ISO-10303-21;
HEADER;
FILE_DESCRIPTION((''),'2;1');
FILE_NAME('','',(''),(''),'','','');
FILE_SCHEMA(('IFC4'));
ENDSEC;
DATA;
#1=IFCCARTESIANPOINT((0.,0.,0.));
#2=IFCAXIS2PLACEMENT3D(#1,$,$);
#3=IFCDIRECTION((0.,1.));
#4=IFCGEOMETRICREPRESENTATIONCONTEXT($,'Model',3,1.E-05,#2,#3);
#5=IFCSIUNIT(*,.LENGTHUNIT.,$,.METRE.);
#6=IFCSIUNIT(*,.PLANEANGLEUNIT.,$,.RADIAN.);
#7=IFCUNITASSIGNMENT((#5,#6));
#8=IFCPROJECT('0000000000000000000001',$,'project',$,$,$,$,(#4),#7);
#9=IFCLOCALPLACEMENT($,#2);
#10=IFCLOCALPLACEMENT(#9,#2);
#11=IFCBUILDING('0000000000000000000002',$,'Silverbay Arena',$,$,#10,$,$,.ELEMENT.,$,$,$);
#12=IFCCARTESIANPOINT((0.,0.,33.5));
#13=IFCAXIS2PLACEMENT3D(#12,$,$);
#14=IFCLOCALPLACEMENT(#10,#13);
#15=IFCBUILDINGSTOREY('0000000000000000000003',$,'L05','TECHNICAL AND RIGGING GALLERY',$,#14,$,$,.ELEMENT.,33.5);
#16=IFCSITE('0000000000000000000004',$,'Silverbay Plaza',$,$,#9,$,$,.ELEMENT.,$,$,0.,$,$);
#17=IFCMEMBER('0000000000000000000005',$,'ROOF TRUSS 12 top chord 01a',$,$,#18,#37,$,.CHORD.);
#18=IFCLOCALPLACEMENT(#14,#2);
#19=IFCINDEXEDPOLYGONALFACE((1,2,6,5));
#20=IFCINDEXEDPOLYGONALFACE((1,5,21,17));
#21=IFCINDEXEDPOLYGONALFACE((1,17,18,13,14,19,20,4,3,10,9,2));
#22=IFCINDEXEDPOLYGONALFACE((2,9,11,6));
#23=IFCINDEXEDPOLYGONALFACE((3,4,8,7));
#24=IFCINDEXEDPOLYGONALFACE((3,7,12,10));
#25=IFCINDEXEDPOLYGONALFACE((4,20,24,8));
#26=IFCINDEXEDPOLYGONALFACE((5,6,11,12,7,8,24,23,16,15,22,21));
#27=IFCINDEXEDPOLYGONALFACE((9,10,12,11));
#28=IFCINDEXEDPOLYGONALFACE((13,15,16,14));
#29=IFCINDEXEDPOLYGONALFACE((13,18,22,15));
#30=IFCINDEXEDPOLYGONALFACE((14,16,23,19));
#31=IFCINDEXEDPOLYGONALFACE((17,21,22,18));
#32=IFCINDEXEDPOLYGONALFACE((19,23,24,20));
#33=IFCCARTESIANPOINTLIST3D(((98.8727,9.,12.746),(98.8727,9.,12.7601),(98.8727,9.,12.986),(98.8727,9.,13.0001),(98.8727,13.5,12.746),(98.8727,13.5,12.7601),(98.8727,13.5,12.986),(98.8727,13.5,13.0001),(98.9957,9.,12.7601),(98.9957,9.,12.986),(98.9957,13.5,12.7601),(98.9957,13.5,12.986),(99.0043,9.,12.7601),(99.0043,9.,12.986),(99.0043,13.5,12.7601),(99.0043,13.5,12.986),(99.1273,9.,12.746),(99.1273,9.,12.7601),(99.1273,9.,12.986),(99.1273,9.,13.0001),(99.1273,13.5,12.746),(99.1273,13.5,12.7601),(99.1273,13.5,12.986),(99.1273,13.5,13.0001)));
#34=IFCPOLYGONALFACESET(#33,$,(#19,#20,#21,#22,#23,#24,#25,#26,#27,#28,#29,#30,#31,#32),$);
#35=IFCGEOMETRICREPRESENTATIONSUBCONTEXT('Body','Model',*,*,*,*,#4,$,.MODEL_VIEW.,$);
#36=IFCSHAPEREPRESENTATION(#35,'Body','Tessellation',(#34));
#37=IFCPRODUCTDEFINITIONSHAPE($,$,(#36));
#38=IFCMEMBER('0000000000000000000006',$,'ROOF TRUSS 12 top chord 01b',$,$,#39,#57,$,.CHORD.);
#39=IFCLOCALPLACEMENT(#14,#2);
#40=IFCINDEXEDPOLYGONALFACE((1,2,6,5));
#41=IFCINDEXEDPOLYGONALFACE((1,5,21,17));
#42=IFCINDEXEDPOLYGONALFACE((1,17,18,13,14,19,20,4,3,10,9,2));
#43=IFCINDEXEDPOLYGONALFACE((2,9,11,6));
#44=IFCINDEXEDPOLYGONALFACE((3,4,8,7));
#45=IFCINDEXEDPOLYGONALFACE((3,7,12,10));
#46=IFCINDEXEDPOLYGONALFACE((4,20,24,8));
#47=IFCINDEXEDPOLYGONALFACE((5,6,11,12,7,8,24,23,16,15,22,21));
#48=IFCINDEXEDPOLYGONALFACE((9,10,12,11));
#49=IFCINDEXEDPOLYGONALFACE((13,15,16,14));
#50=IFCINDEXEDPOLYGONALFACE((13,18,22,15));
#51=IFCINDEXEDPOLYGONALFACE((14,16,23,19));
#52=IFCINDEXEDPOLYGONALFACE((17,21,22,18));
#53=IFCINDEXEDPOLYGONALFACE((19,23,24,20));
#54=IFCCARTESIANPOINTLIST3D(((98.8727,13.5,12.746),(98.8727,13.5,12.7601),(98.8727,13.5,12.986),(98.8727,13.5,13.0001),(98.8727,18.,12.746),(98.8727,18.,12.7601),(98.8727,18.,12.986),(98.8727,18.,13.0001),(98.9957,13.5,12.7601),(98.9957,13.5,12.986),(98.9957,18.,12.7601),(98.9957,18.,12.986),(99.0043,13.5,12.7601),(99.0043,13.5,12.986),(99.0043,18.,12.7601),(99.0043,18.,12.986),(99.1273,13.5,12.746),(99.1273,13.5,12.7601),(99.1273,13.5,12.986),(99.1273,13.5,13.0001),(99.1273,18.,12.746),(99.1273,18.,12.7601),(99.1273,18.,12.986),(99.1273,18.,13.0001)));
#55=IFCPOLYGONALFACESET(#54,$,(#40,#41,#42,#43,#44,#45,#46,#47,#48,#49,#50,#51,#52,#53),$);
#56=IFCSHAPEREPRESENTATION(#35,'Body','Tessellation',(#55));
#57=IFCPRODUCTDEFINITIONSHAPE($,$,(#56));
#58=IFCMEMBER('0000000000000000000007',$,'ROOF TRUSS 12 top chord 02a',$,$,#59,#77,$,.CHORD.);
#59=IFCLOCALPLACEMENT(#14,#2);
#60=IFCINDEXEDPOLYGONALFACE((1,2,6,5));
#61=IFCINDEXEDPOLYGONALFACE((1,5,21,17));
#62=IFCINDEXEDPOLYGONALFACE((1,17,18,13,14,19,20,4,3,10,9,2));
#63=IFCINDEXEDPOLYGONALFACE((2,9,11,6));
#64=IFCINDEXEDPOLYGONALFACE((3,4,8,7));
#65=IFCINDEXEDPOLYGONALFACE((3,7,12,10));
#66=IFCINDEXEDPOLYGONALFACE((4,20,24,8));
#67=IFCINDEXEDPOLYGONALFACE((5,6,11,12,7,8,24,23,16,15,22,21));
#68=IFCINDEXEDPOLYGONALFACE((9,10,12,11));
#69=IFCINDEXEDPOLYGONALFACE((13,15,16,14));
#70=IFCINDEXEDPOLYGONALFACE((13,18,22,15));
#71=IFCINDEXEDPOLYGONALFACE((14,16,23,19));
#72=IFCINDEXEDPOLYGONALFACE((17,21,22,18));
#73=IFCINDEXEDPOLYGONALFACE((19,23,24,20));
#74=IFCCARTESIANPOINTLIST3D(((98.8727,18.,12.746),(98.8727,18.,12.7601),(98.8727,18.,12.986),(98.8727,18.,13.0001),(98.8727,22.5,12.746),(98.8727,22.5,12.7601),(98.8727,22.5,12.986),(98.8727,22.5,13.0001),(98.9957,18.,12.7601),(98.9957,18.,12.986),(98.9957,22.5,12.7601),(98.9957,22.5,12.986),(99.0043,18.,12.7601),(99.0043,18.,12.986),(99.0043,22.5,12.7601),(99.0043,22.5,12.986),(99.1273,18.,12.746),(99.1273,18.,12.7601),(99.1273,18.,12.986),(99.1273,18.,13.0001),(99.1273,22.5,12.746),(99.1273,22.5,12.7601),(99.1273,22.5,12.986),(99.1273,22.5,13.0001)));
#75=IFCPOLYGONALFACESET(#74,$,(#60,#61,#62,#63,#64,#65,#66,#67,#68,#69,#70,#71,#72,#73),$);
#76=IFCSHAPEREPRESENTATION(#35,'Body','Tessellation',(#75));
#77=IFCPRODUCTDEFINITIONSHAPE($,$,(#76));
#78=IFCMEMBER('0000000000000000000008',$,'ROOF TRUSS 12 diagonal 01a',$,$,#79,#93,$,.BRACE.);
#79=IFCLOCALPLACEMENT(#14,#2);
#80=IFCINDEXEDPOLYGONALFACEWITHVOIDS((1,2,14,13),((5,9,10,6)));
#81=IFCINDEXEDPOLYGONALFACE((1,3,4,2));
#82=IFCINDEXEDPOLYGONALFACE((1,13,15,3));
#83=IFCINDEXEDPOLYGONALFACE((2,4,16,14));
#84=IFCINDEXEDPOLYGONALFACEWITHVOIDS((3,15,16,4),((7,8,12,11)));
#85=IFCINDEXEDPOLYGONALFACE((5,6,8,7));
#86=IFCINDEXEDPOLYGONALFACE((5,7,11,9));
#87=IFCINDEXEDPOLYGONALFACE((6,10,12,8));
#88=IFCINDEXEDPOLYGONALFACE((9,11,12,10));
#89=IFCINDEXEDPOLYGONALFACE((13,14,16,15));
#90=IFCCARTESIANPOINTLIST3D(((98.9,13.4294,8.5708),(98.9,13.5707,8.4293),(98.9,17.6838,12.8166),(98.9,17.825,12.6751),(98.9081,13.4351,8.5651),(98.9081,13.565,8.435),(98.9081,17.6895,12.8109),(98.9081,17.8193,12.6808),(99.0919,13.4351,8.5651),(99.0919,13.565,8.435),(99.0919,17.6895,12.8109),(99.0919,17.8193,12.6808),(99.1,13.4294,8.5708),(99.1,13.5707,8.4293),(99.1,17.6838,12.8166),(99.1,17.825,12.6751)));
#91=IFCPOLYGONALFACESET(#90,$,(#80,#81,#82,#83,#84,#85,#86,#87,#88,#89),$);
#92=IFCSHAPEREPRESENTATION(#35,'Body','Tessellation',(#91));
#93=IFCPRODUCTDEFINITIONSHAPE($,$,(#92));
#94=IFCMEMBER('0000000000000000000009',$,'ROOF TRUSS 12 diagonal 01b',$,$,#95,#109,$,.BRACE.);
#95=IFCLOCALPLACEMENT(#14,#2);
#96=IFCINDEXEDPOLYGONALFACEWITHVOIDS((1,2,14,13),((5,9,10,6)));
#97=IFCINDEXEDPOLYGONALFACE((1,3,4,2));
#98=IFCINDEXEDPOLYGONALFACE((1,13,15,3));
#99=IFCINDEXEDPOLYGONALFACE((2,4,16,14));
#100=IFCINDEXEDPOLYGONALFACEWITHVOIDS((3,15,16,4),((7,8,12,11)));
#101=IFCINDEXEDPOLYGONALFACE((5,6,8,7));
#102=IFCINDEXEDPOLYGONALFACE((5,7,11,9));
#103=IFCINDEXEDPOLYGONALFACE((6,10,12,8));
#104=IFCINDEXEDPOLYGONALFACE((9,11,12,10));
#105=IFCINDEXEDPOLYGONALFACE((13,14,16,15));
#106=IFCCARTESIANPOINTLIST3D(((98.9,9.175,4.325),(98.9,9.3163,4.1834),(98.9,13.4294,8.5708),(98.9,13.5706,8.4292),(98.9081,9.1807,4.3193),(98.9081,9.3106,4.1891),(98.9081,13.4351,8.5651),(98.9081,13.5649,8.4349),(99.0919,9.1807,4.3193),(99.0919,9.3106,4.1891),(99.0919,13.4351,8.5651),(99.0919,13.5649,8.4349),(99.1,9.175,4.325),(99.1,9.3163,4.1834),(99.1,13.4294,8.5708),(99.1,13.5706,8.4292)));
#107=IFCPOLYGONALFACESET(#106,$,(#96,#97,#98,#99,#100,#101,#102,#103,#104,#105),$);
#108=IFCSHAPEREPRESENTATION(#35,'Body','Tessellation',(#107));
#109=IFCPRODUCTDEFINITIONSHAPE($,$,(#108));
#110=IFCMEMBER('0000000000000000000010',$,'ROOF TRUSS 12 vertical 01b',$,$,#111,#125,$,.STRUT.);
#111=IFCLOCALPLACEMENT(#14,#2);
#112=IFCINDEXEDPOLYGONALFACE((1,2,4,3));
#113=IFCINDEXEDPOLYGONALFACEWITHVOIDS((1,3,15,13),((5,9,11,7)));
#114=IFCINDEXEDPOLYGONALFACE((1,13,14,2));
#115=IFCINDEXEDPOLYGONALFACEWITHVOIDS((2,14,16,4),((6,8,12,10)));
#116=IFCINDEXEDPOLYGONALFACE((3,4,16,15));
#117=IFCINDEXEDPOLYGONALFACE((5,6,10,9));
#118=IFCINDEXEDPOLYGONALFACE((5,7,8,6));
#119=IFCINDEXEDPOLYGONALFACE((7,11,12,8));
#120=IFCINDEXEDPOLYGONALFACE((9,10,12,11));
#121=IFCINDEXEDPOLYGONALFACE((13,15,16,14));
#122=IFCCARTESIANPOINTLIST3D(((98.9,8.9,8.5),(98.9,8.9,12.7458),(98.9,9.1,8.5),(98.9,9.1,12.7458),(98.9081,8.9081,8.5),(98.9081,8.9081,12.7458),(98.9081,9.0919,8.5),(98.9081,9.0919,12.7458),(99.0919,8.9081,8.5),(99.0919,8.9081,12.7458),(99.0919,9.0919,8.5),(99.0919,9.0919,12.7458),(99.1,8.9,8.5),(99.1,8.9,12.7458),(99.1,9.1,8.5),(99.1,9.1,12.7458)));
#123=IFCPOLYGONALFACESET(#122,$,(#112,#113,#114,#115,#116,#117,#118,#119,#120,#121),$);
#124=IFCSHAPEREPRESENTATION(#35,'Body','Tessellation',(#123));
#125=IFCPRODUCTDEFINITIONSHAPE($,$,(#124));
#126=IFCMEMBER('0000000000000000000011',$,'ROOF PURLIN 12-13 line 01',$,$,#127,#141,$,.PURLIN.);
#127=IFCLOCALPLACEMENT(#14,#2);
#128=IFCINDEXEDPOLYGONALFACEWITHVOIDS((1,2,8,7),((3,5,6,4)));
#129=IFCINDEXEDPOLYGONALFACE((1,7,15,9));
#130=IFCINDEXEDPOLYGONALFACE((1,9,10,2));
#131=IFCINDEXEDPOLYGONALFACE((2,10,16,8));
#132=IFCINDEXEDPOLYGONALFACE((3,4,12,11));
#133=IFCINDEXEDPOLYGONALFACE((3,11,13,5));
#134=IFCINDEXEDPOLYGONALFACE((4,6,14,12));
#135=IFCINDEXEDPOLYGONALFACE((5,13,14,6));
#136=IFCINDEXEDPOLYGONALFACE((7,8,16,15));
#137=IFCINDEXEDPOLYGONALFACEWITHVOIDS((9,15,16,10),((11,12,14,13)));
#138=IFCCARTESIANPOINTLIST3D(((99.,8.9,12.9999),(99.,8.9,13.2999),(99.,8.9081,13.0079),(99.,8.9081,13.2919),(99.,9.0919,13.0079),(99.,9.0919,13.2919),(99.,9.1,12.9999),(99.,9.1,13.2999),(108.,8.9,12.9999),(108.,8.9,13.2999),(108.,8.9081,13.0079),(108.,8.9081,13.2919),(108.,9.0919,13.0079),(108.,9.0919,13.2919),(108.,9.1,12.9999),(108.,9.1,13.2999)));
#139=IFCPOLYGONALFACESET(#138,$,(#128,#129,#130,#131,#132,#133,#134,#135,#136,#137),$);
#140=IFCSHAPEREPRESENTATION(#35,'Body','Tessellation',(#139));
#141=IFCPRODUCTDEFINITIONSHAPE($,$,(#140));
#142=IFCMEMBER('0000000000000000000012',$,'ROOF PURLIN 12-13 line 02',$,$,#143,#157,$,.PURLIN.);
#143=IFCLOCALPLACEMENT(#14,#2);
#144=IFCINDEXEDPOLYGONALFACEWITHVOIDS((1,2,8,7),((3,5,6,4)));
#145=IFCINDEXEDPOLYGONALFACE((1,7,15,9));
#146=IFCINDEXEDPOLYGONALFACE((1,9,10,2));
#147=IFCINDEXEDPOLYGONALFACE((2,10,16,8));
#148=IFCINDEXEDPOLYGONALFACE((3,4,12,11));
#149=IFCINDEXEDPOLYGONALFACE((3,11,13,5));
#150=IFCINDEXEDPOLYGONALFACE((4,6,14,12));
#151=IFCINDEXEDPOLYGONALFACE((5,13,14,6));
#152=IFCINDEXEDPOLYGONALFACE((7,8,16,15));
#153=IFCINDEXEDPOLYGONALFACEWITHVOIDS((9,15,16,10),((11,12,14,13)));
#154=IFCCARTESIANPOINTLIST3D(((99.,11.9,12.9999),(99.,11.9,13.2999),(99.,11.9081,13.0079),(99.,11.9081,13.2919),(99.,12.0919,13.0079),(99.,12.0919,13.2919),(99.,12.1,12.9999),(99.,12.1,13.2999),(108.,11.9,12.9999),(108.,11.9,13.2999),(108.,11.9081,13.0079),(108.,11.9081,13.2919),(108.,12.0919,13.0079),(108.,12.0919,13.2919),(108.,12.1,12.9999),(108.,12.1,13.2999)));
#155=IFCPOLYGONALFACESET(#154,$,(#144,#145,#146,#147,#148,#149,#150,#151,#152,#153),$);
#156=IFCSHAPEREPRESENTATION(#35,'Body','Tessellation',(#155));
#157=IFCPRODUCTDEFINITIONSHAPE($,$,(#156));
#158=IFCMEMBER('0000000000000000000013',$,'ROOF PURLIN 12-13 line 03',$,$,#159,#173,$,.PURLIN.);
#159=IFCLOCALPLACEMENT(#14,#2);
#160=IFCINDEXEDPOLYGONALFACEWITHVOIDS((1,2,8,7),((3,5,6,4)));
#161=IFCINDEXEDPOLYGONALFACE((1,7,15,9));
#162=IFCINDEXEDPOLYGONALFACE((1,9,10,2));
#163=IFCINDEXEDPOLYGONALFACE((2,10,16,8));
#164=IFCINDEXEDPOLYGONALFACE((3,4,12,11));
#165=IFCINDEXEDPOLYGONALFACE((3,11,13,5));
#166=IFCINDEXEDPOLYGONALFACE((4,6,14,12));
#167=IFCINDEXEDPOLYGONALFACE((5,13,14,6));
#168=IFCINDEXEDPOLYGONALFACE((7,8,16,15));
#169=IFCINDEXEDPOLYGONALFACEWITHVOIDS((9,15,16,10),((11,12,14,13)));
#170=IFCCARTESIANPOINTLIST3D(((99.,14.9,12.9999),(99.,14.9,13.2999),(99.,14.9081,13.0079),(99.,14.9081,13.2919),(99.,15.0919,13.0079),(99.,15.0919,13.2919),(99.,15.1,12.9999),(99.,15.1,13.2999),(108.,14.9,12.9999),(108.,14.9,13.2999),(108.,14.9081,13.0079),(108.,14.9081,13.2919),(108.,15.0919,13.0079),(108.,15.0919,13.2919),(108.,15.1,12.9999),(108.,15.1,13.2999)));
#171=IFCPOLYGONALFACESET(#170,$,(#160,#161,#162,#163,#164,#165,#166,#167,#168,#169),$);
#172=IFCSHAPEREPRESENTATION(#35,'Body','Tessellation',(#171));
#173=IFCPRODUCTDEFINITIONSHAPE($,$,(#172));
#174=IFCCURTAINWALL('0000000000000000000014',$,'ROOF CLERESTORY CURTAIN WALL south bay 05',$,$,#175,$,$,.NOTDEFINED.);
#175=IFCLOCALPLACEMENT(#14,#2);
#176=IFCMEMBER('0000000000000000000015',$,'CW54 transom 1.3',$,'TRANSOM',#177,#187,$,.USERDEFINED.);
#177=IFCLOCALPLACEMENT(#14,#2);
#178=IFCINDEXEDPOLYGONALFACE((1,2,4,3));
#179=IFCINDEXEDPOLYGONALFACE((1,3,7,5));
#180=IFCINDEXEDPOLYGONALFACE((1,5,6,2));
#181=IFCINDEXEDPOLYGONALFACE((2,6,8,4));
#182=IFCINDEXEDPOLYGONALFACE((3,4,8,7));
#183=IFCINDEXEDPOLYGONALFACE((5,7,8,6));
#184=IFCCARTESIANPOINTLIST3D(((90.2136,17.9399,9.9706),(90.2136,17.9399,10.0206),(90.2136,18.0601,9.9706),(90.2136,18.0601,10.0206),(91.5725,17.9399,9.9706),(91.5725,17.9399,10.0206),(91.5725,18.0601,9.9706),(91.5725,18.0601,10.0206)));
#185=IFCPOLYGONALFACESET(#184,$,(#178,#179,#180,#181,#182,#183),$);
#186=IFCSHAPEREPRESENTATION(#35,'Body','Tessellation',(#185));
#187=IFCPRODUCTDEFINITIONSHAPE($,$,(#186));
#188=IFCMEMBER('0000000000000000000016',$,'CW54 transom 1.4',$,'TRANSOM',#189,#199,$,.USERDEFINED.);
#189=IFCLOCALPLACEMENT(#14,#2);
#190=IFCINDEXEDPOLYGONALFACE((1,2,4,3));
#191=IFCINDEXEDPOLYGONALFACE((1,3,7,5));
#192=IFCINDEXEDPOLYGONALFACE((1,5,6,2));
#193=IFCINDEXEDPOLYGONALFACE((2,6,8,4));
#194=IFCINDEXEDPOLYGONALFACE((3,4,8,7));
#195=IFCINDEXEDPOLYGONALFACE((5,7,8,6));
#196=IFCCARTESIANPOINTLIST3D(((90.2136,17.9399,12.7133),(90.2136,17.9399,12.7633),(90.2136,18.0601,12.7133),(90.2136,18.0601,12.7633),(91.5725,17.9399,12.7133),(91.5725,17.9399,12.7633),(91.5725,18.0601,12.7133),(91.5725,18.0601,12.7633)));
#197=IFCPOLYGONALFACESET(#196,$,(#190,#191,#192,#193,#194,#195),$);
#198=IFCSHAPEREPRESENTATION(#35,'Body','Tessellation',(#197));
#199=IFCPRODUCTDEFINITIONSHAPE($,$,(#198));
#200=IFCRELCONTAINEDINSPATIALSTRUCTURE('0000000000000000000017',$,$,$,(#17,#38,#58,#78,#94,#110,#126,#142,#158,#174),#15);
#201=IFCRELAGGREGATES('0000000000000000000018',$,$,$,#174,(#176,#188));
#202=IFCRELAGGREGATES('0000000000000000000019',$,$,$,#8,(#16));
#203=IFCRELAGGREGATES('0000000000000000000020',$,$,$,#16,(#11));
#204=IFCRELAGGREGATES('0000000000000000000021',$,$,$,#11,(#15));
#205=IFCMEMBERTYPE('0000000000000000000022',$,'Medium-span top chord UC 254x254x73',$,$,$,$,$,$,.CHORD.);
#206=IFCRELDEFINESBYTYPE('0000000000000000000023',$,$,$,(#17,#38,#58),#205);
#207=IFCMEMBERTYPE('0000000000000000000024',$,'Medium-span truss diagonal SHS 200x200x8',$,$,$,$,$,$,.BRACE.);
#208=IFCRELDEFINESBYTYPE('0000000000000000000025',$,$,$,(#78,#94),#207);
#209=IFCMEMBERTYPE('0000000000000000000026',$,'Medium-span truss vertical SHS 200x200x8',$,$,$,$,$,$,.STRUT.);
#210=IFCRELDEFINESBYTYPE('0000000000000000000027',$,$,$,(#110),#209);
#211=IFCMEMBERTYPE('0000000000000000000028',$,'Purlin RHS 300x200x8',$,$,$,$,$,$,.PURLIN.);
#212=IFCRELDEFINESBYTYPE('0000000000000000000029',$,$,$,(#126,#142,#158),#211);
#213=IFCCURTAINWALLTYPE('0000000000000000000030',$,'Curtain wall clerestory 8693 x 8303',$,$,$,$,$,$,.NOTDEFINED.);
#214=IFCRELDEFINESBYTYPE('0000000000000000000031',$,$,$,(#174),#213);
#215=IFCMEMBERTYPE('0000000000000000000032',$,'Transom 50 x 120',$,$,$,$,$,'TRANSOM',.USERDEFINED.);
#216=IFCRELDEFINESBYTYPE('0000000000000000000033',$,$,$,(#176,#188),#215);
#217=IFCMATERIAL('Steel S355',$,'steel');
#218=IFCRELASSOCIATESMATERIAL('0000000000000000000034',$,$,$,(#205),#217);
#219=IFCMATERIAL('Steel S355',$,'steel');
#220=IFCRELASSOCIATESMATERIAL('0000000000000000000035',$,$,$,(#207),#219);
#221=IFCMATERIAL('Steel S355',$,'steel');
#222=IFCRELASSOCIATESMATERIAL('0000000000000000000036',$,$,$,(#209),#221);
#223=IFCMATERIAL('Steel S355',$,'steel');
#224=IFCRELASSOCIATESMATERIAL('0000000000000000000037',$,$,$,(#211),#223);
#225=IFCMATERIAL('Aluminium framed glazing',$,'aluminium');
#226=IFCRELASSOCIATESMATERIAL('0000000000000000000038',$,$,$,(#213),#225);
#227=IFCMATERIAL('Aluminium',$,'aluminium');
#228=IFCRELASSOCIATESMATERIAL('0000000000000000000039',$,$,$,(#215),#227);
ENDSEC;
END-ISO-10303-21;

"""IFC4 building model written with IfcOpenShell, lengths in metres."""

from ifc_helpers import new_model, si_unit, direction, frame, origin, origin_2d, place, context, subcontext, project, spatial, rectangle, hollow_rectangle, i_section, extrude, material, material_profile, profile_set, type_object, element, aggregate, save


model = new_model("IFC4")

# Units and contexts
model_context = context("Model", 3, precision=1e-05, world=origin(), true_north=direction((0.0, 1.0)))
body_context = subcontext(model_context, "Body", "Model", "MODEL_VIEW")
ifc_project = project(units=[si_unit("LENGTHUNIT", "METRE"), si_unit("PLANEANGLEUNIT", "RADIAN")], contexts=[model_context])

# Site, building, storey
site_placement = place(None, origin())
site = spatial("IfcSite", under=ifc_project, at=site_placement, Name="Silverbay Plaza", CompositionType="ELEMENT", RefElevation=0.0)
building_placement = place(site_placement, origin())
building = spatial("IfcBuilding", under=site, at=building_placement, Name="Silverbay Arena", CompositionType="ELEMENT")
storey_placement = place(building_placement, frame((0.0, 0.0, 33.5)))
storey = spatial("IfcBuildingStorey", under=building, at=storey_placement, Name="L05", Description="TECHNICAL AND RIGGING GALLERY", CompositionType="ELEMENT", Elevation=33.5)

# Members
ifc_material_1 = material(Name="Steel S355", Category="steel")
ifc_material_profile_1 = material_profile(ifc_material_1, i_section(OverallWidth=0.2546, OverallDepth=0.2542, WebThickness=0.0085, FlangeThickness=0.0142, at=origin_2d()), Name="UC 254x254x73")
ifc_profile_set_1 = profile_set([ifc_material_profile_1], Name="Steel S355")
member_type_1 = type_object("IfcMemberType", Name="Medium-span top chord UC 254x254x73", PredefinedType="CHORD", material=ifc_profile_set_1)
for number, where, z_axis, x_axis, name in (
    (1, (99.0, 9.0, 12.873), (0.0, 1.0, 0.0), (-1.0, 0.0, 0.0), "ROOF TRUSS 12 top chord 01a"),
    (2, (99.0, 13.5, 12.873), (0.0, 1.0, 0.0), (-1.0, 0.0, 0.0), "ROOF TRUSS 12 top chord 01b"),
    (3, (99.0, 18.0, 12.873), (0.0, 1.0, 0.0), (-1.0, 0.0, 0.0), "ROOF TRUSS 12 top chord 02a"),
):
    element("IfcMember", number, at=place(storey_placement, frame(where, z_axis=z_axis, x_axis=x_axis)), inside=storey, type_object=member_type_1, Name=name, PredefinedType="CHORD", context=body_context, shape_type="SweptSolid", body=[
        extrude(i_section(OverallWidth=0.2546, OverallDepth=0.2542, WebThickness=0.0085, FlangeThickness=0.0142, at=origin_2d()), origin(), (0.0, 0.0, 1.0), 4.5),
    ])
ifc_material_2 = material(Name="Steel S355", Category="steel")
ifc_material_profile_2 = material_profile(ifc_material_2, hollow_rectangle(XDim=0.2, YDim=0.2, WallThickness=0.0081, at=origin_2d()), Name="SHS 200x200x8")
ifc_profile_set_2 = profile_set([ifc_material_profile_2], Name="Steel S355")
member_type_2 = type_object("IfcMemberType", Name="Medium-span truss diagonal SHS 200x200x8", PredefinedType="BRACE", material=ifc_profile_set_2)
for number, where, z_axis, x_axis, name in (
    (4, (99.0, 17.7544, 12.7458), (0.0, -0.707817, -0.706396), (1.0, 0.0, 0.0), "ROOF TRUSS 12 diagonal 01a"),
    (5, (99.0, 13.5, 8.5), (0.0, -0.707817, -0.706396), (1.0, 0.0, 0.0), "ROOF TRUSS 12 diagonal 01b"),
):
    element("IfcMember", number, at=place(storey_placement, frame(where, z_axis=z_axis, x_axis=x_axis)), inside=storey, type_object=member_type_2, Name=name, PredefinedType="BRACE", context=body_context, shape_type="SweptSolid", body=[
        extrude(hollow_rectangle(XDim=0.2, YDim=0.2, WallThickness=0.0081, at=origin_2d()), origin(), (0.0, 0.0, 1.0), 6.0105),
    ])
ifc_material_3 = material(Name="Steel S355", Category="steel")
ifc_material_profile_3 = material_profile(ifc_material_3, hollow_rectangle(XDim=0.2, YDim=0.2, WallThickness=0.0081, at=origin_2d()), Name="SHS 200x200x8")
ifc_profile_set_3 = profile_set([ifc_material_profile_3], Name="Steel S355")
member_type_3 = type_object("IfcMemberType", Name="Medium-span truss vertical SHS 200x200x8", PredefinedType="STRUT", material=ifc_profile_set_3)
member_1_placement = place(storey_placement, frame((99.0, 9.0, 8.5), z_axis=(0.0, 0.0, 1.0), x_axis=(1.0, 0.0, 0.0)))
element("IfcMember", 6, at=member_1_placement, inside=storey, type_object=member_type_3, Name="ROOF TRUSS 12 vertical 01b", PredefinedType="STRUT", context=body_context, shape_type="SweptSolid", body=[
    extrude(hollow_rectangle(XDim=0.2, YDim=0.2, WallThickness=0.0081, at=origin_2d()), origin(), (0.0, 0.0, 1.0), 4.2458),
])
ifc_material_4 = material(Name="Steel S355", Category="steel")
ifc_material_profile_4 = material_profile(ifc_material_4, hollow_rectangle(XDim=0.2, YDim=0.3, WallThickness=0.0081, at=origin_2d()), Name="RHS 300x200x8")
ifc_profile_set_4 = profile_set([ifc_material_profile_4], Name="Steel S355")
member_type_4 = type_object("IfcMemberType", Name="Purlin RHS 300x200x8", PredefinedType="PURLIN", material=ifc_profile_set_4)
for number, where, z_axis, x_axis, name in (
    (7, (99.0, 9.0, 13.1499), (1.0, 0.0, 0.0), (0.0, 1.0, 0.0), "ROOF PURLIN 12-13 line 01"),
    (8, (99.0, 12.0, 13.1499), (1.0, 0.0, 0.0), (0.0, 1.0, 0.0), "ROOF PURLIN 12-13 line 02"),
    (9, (99.0, 15.0, 13.1499), (1.0, 0.0, 0.0), (0.0, 1.0, 0.0), "ROOF PURLIN 12-13 line 03"),
):
    element("IfcMember", number, at=place(storey_placement, frame(where, z_axis=z_axis, x_axis=x_axis)), inside=storey, type_object=member_type_4, Name=name, PredefinedType="PURLIN", context=body_context, shape_type="SweptSolid", body=[
        extrude(hollow_rectangle(XDim=0.2, YDim=0.3, WallThickness=0.0081, at=origin_2d()), origin(), (0.0, 0.0, 1.0), 9.0),
    ])

# Curtain wall, members
ifc_material_5 = material(Name="Aluminium framed glazing", Category="aluminium")
curtain_wall_type = type_object("IfcCurtainWallType", Name="Curtain wall clerestory 8693 x 8303", PredefinedType="NOTDEFINED", material=ifc_material_5)
curtain_wall_placement = place(storey_placement, origin())
curtain_wall = element("IfcCurtainWall", 10, at=curtain_wall_placement, inside=storey, type_object=curtain_wall_type, Name="ROOF CLERESTORY CURTAIN WALL south bay 05", PredefinedType="NOTDEFINED")
ifc_material_6 = material(Name="Aluminium", Category="aluminium")
ifc_material_profile_5 = material_profile(ifc_material_6, rectangle(XDim=0.1201, YDim=0.05, at=origin_2d()), Name="Transom 50 x 120")
ifc_profile_set_5 = profile_set([ifc_material_profile_5], Name="Aluminium")
member_type_5 = type_object("IfcMemberType", Name="Transom 50 x 120", ElementType="TRANSOM", PredefinedType="USERDEFINED", material=ifc_profile_set_5)
member_2_placement = place(storey_placement, frame((90.2136, 18.0, 9.9956), z_axis=(1.0, 0.0, 0.0), x_axis=(0.0, 1.0, 0.0)))
member_2 = element("IfcMember", 11, at=member_2_placement, type_object=member_type_5, Name="CW54 transom 1.3", ObjectType="TRANSOM", PredefinedType="USERDEFINED", context=body_context, shape_type="SweptSolid", body=[
    extrude(rectangle(XDim=0.1201, YDim=0.05, at=origin_2d()), origin(), (0.0, 0.0, 1.0), 1.3589),
])
member_3_placement = place(storey_placement, frame((90.2136, 18.0, 12.7383), z_axis=(1.0, 0.0, 0.0), x_axis=(0.0, 1.0, 0.0)))
member_3 = element("IfcMember", 12, at=member_3_placement, type_object=member_type_5, Name="CW54 transom 1.4", ObjectType="TRANSOM", PredefinedType="USERDEFINED", context=body_context, shape_type="SweptSolid", body=[
    extrude(rectangle(XDim=0.1201, YDim=0.05, at=origin_2d()), origin(), (0.0, 0.0, 1.0), 1.3589),
])
aggregate(curtain_wall, [member_2, member_3])

save(model, "model.ifc")
